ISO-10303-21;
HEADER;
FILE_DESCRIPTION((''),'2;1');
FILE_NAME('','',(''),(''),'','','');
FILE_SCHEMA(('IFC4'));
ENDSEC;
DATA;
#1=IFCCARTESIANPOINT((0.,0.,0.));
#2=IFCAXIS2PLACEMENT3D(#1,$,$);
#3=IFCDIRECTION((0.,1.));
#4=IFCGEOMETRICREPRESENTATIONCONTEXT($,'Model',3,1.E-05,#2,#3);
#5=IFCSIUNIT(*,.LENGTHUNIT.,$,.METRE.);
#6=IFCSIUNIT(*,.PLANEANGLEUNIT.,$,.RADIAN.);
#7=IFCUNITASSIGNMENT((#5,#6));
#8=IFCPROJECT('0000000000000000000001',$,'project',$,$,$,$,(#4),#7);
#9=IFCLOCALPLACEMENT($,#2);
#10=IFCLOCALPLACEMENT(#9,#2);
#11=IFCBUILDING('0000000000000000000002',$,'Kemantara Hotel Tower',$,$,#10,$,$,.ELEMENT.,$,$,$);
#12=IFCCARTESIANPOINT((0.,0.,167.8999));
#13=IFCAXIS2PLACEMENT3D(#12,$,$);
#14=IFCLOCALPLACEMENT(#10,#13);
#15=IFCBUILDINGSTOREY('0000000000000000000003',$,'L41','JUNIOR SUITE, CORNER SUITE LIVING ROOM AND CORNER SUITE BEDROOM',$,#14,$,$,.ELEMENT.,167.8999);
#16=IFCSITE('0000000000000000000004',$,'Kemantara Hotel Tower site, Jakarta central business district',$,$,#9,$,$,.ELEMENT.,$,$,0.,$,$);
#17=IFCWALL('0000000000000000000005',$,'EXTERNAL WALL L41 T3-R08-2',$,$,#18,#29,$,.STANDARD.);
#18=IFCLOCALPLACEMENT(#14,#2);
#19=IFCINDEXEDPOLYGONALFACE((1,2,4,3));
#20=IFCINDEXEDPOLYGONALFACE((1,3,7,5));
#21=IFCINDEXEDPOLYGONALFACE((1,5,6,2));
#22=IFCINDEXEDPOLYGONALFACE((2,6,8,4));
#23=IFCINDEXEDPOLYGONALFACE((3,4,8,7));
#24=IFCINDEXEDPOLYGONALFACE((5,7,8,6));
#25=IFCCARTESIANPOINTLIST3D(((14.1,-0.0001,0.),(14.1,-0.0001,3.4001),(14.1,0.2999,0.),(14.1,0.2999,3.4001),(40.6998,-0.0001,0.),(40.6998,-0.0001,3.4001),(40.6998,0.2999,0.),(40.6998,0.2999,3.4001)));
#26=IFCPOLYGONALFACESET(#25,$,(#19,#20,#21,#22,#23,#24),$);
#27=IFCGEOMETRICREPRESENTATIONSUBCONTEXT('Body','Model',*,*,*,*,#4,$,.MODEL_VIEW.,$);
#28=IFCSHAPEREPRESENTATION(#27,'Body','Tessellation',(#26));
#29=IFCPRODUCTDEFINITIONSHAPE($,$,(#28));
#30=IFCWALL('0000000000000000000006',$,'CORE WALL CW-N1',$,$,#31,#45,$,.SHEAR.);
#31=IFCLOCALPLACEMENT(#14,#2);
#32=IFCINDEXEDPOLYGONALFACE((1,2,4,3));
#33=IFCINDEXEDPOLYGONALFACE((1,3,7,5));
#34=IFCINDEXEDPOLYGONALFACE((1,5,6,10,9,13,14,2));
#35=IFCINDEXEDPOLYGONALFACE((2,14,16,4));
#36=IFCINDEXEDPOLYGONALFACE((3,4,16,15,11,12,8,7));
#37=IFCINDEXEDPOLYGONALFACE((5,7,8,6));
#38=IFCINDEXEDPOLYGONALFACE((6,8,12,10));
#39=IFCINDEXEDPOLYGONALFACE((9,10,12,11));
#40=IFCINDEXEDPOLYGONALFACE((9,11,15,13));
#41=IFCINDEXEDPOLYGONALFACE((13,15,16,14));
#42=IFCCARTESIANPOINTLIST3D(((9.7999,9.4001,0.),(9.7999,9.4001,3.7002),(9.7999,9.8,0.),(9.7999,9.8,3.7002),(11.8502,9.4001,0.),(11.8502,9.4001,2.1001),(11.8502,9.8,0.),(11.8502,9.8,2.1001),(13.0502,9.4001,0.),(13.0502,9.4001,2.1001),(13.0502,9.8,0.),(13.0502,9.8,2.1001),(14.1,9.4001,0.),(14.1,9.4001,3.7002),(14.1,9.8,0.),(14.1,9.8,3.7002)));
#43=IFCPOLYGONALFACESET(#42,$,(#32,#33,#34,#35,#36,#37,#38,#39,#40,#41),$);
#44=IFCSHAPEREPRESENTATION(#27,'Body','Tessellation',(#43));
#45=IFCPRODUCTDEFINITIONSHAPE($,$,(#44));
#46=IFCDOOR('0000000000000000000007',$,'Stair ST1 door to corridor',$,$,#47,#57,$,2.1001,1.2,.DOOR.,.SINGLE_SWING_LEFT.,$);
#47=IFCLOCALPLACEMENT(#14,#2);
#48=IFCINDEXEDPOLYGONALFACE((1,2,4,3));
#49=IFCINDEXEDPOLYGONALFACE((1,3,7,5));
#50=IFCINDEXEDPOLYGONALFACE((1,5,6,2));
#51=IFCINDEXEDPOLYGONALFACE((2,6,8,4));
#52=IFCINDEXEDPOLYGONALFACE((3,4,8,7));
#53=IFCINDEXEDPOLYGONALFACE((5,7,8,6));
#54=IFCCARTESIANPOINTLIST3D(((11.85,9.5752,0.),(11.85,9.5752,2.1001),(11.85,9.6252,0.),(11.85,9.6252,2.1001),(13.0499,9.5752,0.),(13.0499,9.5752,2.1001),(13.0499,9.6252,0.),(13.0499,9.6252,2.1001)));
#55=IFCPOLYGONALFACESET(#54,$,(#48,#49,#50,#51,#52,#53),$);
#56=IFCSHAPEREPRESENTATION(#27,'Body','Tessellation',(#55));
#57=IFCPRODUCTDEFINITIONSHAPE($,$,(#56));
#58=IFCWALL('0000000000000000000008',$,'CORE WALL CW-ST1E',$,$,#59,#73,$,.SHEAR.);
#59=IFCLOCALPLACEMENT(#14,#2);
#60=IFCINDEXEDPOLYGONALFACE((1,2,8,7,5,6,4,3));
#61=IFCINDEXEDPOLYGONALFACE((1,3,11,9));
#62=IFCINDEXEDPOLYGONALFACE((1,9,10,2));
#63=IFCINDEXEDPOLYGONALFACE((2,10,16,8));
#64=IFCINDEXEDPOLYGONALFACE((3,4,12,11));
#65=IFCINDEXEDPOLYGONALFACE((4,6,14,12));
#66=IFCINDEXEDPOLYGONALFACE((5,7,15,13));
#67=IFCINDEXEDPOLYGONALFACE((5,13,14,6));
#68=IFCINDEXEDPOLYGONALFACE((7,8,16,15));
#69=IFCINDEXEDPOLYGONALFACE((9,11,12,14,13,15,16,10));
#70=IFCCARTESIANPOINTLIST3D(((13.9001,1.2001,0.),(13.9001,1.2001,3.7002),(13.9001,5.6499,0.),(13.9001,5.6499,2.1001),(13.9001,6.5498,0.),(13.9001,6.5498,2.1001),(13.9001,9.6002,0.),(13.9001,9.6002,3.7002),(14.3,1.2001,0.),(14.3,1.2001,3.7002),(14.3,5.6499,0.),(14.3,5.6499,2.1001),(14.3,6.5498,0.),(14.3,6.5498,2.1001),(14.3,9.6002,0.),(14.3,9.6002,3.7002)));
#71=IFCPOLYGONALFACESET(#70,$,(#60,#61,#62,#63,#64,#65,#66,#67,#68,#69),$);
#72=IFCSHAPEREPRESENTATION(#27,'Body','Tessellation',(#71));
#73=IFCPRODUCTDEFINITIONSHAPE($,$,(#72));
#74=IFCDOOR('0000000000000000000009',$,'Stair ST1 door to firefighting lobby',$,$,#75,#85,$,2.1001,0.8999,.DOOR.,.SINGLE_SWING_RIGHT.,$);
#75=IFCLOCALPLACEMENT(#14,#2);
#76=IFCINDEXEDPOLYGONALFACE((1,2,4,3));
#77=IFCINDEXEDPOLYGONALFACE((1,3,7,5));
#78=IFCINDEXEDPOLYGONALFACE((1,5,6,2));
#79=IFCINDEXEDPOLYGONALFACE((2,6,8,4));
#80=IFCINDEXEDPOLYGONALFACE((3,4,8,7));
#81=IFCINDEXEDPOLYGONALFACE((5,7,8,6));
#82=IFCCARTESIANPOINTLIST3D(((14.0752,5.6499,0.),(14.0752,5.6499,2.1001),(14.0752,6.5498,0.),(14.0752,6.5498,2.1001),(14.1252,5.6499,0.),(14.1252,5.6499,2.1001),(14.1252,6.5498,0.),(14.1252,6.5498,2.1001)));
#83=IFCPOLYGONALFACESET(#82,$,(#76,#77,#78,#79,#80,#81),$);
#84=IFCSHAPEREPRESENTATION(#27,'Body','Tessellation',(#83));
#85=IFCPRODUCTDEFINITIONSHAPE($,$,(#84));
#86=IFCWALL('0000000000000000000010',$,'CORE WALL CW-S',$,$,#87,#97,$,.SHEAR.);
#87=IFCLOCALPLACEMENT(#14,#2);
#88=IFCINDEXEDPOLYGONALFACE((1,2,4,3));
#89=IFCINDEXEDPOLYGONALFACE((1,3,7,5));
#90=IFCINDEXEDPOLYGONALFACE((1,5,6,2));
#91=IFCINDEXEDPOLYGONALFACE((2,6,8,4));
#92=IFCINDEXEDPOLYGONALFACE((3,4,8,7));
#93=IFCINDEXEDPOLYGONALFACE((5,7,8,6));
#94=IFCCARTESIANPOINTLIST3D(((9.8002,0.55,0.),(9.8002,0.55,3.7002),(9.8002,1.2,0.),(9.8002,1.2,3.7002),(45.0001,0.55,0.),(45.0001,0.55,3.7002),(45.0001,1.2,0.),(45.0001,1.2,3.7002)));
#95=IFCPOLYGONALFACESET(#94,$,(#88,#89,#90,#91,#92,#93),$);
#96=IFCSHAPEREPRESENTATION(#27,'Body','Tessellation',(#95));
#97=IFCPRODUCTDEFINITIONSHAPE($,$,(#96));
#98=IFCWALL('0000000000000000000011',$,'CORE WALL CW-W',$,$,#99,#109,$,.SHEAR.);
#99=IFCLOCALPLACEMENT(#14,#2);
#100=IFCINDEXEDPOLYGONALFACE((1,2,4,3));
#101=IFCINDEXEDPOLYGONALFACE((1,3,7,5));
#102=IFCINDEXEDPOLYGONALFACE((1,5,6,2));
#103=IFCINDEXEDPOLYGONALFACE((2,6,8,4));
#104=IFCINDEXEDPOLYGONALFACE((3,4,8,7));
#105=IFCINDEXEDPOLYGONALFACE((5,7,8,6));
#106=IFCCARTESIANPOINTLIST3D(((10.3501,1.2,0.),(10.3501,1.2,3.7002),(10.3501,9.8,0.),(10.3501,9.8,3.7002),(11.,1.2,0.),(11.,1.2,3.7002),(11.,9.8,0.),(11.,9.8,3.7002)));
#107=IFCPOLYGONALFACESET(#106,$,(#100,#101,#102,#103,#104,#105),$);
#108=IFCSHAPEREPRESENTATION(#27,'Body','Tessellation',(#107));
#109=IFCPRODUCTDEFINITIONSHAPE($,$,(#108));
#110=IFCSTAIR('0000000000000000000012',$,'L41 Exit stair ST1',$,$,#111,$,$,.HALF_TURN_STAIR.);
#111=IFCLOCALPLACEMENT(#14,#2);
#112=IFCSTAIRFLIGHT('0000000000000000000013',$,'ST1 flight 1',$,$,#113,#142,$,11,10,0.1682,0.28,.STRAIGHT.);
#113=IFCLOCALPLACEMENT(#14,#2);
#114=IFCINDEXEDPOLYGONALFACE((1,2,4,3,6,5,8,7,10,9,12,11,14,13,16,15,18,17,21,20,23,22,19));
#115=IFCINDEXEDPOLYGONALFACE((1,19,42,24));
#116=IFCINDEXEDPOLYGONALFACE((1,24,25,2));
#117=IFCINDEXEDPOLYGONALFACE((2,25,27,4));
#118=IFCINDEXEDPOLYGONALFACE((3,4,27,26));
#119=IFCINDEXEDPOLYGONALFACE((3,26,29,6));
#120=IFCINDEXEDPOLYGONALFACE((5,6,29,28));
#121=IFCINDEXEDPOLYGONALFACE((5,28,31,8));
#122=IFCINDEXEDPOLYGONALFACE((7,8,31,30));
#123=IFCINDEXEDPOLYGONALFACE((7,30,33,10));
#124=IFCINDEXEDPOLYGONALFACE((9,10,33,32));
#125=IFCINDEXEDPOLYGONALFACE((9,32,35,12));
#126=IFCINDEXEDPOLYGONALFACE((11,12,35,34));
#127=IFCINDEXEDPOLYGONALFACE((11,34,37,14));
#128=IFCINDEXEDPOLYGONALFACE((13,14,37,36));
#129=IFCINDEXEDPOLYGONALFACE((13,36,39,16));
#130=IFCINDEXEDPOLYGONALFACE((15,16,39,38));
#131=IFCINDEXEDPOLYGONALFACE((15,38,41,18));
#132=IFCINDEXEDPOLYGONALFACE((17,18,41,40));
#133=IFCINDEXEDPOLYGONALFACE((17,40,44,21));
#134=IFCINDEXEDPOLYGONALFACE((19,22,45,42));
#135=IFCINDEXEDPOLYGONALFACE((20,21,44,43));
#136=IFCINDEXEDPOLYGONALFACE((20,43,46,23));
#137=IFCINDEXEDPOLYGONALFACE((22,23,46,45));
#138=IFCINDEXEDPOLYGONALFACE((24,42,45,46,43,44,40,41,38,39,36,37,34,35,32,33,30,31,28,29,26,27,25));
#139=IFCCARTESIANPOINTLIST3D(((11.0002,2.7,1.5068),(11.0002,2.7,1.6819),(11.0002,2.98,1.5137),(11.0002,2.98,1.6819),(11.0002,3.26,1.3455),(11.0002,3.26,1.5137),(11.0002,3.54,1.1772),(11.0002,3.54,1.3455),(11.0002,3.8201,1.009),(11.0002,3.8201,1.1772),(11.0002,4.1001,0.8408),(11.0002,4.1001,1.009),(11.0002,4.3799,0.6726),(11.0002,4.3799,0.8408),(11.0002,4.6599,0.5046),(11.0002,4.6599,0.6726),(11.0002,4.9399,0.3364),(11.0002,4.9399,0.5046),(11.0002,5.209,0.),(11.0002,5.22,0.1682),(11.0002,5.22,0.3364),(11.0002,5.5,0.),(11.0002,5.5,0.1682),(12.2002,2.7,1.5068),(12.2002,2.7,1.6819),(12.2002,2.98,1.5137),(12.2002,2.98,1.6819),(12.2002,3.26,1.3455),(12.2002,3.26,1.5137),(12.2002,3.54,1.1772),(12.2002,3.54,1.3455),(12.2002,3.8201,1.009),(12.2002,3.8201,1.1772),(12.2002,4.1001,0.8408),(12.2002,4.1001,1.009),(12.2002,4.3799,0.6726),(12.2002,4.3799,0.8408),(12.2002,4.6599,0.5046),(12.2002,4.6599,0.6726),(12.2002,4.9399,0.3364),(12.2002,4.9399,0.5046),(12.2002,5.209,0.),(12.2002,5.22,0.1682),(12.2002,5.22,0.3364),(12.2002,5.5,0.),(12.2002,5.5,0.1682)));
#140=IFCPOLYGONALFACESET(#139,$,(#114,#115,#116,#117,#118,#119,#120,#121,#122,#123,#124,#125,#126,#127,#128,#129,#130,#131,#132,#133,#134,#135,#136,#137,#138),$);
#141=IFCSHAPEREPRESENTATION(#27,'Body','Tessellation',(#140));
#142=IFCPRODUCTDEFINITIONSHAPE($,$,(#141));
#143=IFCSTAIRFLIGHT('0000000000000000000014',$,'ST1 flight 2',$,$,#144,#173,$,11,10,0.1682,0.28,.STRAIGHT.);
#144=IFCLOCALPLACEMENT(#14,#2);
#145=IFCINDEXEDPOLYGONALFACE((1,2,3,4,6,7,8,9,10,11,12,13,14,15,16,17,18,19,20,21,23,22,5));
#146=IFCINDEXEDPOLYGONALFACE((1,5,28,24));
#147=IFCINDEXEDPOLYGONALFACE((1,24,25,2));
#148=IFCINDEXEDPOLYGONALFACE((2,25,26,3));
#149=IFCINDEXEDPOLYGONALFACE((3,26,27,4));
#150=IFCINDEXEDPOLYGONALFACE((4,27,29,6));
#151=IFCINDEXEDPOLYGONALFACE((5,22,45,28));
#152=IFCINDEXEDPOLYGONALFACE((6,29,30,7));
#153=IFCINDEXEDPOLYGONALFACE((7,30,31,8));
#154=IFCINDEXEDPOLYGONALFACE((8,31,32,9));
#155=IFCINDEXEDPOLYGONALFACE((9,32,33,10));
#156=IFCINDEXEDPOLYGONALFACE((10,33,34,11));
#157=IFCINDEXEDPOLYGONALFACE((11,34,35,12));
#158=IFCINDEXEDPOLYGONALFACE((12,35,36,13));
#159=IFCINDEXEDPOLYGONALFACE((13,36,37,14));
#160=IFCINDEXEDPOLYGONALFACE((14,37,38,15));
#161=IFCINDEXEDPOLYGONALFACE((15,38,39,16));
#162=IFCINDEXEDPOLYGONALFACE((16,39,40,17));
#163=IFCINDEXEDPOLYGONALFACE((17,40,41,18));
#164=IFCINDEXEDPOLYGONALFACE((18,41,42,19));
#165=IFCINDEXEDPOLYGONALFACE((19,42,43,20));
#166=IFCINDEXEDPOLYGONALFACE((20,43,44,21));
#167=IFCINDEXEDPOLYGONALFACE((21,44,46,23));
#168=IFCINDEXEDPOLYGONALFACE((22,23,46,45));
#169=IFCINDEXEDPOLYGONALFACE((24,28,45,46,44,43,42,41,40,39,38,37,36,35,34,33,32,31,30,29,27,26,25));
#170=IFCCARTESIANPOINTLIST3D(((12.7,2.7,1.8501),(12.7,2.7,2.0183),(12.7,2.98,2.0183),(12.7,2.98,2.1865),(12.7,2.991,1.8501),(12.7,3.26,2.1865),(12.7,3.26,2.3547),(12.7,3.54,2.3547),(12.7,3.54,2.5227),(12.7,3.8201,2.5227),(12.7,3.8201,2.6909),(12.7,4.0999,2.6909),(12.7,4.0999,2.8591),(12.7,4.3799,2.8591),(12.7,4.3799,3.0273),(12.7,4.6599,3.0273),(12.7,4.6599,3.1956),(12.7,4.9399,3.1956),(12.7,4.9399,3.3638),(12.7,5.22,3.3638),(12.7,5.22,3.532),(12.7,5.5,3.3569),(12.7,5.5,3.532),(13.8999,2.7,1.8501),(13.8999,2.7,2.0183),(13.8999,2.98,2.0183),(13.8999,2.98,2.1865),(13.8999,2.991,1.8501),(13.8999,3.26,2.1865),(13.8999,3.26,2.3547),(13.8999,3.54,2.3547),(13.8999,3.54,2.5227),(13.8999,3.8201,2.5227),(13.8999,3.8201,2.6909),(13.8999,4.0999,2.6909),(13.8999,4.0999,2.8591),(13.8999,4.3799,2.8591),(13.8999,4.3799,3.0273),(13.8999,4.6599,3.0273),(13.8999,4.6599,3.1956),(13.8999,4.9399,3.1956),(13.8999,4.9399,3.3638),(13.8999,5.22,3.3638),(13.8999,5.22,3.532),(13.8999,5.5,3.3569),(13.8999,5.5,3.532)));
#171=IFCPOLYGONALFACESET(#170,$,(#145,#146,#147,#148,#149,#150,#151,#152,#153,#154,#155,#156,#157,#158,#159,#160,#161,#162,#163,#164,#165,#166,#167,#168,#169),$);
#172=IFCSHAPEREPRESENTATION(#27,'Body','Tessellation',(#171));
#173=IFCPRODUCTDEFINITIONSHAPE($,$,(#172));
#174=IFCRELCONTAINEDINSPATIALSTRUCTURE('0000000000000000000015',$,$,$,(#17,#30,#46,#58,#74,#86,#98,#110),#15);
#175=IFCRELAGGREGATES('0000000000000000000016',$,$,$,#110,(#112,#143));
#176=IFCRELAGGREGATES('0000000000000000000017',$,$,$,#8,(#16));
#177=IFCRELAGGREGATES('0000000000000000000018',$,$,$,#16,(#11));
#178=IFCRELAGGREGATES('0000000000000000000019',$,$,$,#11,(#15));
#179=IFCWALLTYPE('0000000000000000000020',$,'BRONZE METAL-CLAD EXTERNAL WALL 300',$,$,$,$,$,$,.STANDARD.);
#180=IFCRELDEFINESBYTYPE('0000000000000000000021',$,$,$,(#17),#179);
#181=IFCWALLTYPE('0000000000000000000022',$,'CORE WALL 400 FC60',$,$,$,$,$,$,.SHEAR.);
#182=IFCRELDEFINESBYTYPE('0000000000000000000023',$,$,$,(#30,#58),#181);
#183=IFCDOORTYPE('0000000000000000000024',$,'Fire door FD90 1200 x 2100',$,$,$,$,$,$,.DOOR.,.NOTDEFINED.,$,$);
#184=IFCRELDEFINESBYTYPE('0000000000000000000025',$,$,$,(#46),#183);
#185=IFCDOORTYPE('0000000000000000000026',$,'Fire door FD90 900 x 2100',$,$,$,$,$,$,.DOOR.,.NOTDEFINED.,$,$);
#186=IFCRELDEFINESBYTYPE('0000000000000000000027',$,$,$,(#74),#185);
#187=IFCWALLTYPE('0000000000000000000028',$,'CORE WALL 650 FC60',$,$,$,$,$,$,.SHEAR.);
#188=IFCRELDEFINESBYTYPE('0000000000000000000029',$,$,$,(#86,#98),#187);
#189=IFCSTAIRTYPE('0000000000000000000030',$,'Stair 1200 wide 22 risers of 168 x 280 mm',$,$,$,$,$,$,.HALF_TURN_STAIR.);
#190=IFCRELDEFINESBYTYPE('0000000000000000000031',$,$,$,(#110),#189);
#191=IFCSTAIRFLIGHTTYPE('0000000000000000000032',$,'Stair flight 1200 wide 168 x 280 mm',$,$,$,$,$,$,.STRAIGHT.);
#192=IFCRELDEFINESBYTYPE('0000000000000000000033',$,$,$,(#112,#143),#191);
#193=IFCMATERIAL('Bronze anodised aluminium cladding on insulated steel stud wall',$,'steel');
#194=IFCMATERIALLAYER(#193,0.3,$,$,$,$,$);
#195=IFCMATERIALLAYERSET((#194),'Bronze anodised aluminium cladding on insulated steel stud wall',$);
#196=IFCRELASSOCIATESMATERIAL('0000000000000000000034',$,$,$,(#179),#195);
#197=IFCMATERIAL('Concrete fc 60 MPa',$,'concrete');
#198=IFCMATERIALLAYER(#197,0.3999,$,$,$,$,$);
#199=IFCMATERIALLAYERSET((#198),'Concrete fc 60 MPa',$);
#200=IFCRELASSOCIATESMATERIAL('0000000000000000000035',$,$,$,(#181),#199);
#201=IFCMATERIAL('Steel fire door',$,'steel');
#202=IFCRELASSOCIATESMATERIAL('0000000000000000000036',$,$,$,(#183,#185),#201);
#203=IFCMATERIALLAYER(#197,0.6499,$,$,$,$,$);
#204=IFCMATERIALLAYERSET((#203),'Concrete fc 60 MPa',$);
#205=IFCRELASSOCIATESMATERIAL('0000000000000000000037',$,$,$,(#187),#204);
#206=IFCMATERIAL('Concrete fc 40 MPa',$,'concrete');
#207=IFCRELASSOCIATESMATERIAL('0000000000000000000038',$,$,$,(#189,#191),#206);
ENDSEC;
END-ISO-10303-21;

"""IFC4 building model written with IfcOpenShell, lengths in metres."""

from ifc_helpers import new_model, si_unit, direction, frame, frame_2d, origin, place, context, subcontext, project, spatial, polyline, rectangle, outline, extrude, material, layer, layer_set, type_object, element, fill, aggregate, save


model = new_model("IFC4")

# Units and contexts
model_context = context("Model", 3, precision=1e-05, world=origin(), true_north=direction((0.0, 1.0)))
body_context = subcontext(model_context, "Body", "Model", "MODEL_VIEW")
ifc_project = project(units=[si_unit("LENGTHUNIT", "METRE"), si_unit("PLANEANGLEUNIT", "RADIAN")], contexts=[model_context])

# Site, building, storey
site_placement = place(None, origin())
site = spatial("IfcSite", under=ifc_project, at=site_placement, Name="Kemantara Hotel Tower site, Jakarta central business district", CompositionType="ELEMENT", RefElevation=0.0)
building_placement = place(site_placement, origin())
building = spatial("IfcBuilding", under=site, at=building_placement, Name="Kemantara Hotel Tower", CompositionType="ELEMENT")
storey_placement = place(building_placement, frame((0.0, 0.0, 167.8999)))
storey = spatial("IfcBuildingStorey", under=building, at=storey_placement, Name="L41", Description="JUNIOR SUITE, CORNER SUITE LIVING ROOM AND CORNER SUITE BEDROOM", CompositionType="ELEMENT", Elevation=167.8999)

# Wall
ifc_material_1 = material(Name="Bronze anodised aluminium cladding on insulated steel stud wall", Category="steel")
ifc_layer_1 = layer(ifc_material_1, 0.3)
ifc_layer_set_1 = layer_set([ifc_layer_1], Name="Bronze anodised aluminium cladding on insulated steel stud wall")
wall_type_1 = type_object("IfcWallType", Name="BRONZE METAL-CLAD EXTERNAL WALL 300", PredefinedType="STANDARD", material=ifc_layer_set_1)
wall_1_placement = place(storey_placement, frame((14.1001, 0.1499, 0.0), z_axis=(0.0, 0.0, 1.0), x_axis=(1.0, 0.0, 0.0)))
element("IfcWall", 1, at=wall_1_placement, inside=storey, type_object=wall_type_1, Name="EXTERNAL WALL L41 T3-R08-2", PredefinedType="STANDARD", context=body_context, shape_type="SweptSolid", body=[
    extrude(rectangle(XDim=26.5999, YDim=0.3, at=frame_2d((13.2998, 0.0))), origin(), (0.0, 0.0, 1.0), 3.4001),
])

# Walls, openings, doors
ifc_material_2 = material(Name="Concrete fc 60 MPa", Category="concrete")
ifc_layer_2 = layer(ifc_material_2, 0.3999)
ifc_layer_set_2 = layer_set([ifc_layer_2], Name="Concrete fc 60 MPa")
wall_type_2 = type_object("IfcWallType", Name="CORE WALL 400 FC60", PredefinedType="SHEAR", material=ifc_layer_set_2)
wall_2_placement = place(storey_placement, frame((9.8, 9.6001, 0.0), z_axis=(0.0, 0.0, 1.0), x_axis=(1.0, 0.0, 0.0)))
wall_2 = element("IfcWall", 2, at=wall_2_placement, inside=storey, type_object=wall_type_2, Name="CORE WALL CW-N1", PredefinedType="SHEAR", context=body_context, shape_type="SweptSolid", body=[
    extrude(rectangle(XDim=4.3, YDim=0.3999, at=frame_2d((2.1499, 0.0))), origin(), (0.0, 0.0, 1.0), 3.7002),
])
opening_1_placement = place(wall_2_placement, frame((2.05, 0.0, 0.0)))
opening_1 = element("IfcOpeningElement", 3, at=opening_1_placement, cuts=wall_2, PredefinedType="OPENING", context=body_context, shape_type="SweptSolid", body=[
    extrude(rectangle(XDim=1.2, YDim=2.1001, at=frame_2d((0.6001, 1.05))), frame((0.0, 0.21, 0.0), z_axis=(0.0, -1.0, 0.0), x_axis=(1.0, 0.0, 0.0)), (0.0, 0.0, 1.0), 0.4199),
])
ifc_material_3 = material(Name="Steel fire door", Category="steel")
door_type_1 = type_object("IfcDoorType", Name="Fire door FD90 1200 x 2100", OperationType="NOTDEFINED", PredefinedType="DOOR", material=ifc_material_3)
door_1_placement = place(opening_1_placement, frame((1.2, 0.0, 0.0), z_axis=(0.0, 0.0, 1.0), x_axis=(-1.0, 0.0, 0.0)))
door_1 = element("IfcDoor", 4, at=door_1_placement, inside=storey, type_object=door_type_1, Name="Stair ST1 door to corridor", OperationType="SINGLE_SWING_LEFT", OverallHeight=2.1001, OverallWidth=1.2, PredefinedType="DOOR", context=body_context, shape_type="SweptSolid", body=[
    extrude(rectangle(XDim=1.2, YDim=2.1001, at=frame_2d((0.6001, 1.05))), frame((0.0, 0.0249, 0.0), z_axis=(0.0, -1.0, 0.0), x_axis=(1.0, 0.0, 0.0)), (0.0, 0.0, 1.0), 0.05),
])
fill(opening_1, door_1)
wall_3_placement = place(storey_placement, frame((14.1001, 1.2, 0.0), z_axis=(0.0, 0.0, 1.0), x_axis=(0.0, 1.0, 0.0)))
wall_3 = element("IfcWall", 5, at=wall_3_placement, inside=storey, type_object=wall_type_2, Name="CORE WALL CW-ST1E", PredefinedType="SHEAR", context=body_context, shape_type="SweptSolid", body=[
    extrude(rectangle(XDim=8.4001, YDim=0.3999, at=frame_2d((4.2002, 0.0))), origin(), (0.0, 0.0, 1.0), 3.7002),
])
opening_2_placement = place(wall_3_placement, frame((4.45, 0.0, 0.0)))
opening_2 = element("IfcOpeningElement", 6, at=opening_2_placement, cuts=wall_3, PredefinedType="OPENING", context=body_context, shape_type="SweptSolid", body=[
    extrude(rectangle(XDim=0.8999, YDim=2.1001, at=frame_2d((0.45, 1.05))), frame((0.0, 0.21, 0.0), z_axis=(0.0, -1.0, 0.0), x_axis=(1.0, 0.0, 0.0)), (0.0, 0.0, 1.0), 0.4199),
])
door_type_2 = type_object("IfcDoorType", Name="Fire door FD90 900 x 2100", OperationType="NOTDEFINED", PredefinedType="DOOR", material=ifc_material_3)
door_2_placement = place(opening_2_placement, origin())
door_2 = element("IfcDoor", 7, at=door_2_placement, inside=storey, type_object=door_type_2, Name="Stair ST1 door to firefighting lobby", OperationType="SINGLE_SWING_RIGHT", OverallHeight=2.1001, OverallWidth=0.8999, PredefinedType="DOOR", context=body_context, shape_type="SweptSolid", body=[
    extrude(rectangle(XDim=0.8999, YDim=2.1001, at=frame_2d((0.45, 1.05))), frame((0.0, 0.0249, 0.0), z_axis=(0.0, -1.0, 0.0), x_axis=(1.0, 0.0, 0.0)), (0.0, 0.0, 1.0), 0.05),
])
fill(opening_2, door_2)

# Walls
ifc_layer_3 = layer(ifc_material_2, 0.6499)
ifc_layer_set_3 = layer_set([ifc_layer_3], Name="Concrete fc 60 MPa")
wall_type_3 = type_object("IfcWallType", Name="CORE WALL 650 FC60", PredefinedType="SHEAR", material=ifc_layer_set_3)
wall_4_placement = place(storey_placement, frame((9.8, 0.875, 0.0), z_axis=(0.0, 0.0, 1.0), x_axis=(1.0, 0.0, 0.0)))
element("IfcWall", 8, at=wall_4_placement, inside=storey, type_object=wall_type_3, Name="CORE WALL CW-S", PredefinedType="SHEAR", context=body_context, shape_type="SweptSolid", body=[
    extrude(rectangle(XDim=35.2, YDim=0.6499, at=frame_2d((17.6001, 0.0))), origin(), (0.0, 0.0, 1.0), 3.7002),
])
wall_5_placement = place(storey_placement, frame((10.675, 1.2, 0.0), z_axis=(0.0, 0.0, 1.0), x_axis=(0.0, 1.0, 0.0)))
element("IfcWall", 9, at=wall_5_placement, inside=storey, type_object=wall_type_3, Name="CORE WALL CW-W", PredefinedType="SHEAR", context=body_context, shape_type="SweptSolid", body=[
    extrude(rectangle(XDim=8.6001, YDim=0.6499, at=frame_2d((4.3, 0.0))), origin(), (0.0, 0.0, 1.0), 3.7002),
])

# Stair, stair flights
ifc_material_4 = material(Name="Concrete fc 40 MPa", Category="concrete")
stair_type = type_object("IfcStairType", Name="Stair 1200 wide 22 risers of 168 x 280 mm", PredefinedType="HALF_TURN_STAIR", material=ifc_material_4)
stair_placement = place(storey_placement, origin())
stair = element("IfcStair", 10, at=stair_placement, inside=storey, type_object=stair_type, Name="L41 Exit stair ST1", PredefinedType="HALF_TURN_STAIR")
stair_flight_type = type_object("IfcStairFlightType", Name="Stair flight 1200 wide 168 x 280 mm", PredefinedType="STRAIGHT", material=ifc_material_4)
stair_flight_1_placement = place(storey_placement, frame((11.6001, 5.5, 0.0), z_axis=(0.0, 0.0, 1.0), x_axis=(0.0, -1.0, 0.0)))
stair_flight_1 = element("IfcStairFlight", 11, at=stair_flight_1_placement, type_object=stair_flight_type, Name="ST1 flight 1", NumberOfRisers=11, NumberOfTreads=10, PredefinedType="STRAIGHT", RiserHeight=0.1682, TreadLength=0.28, context=body_context, shape_type="SweptSolid", body=[
    extrude(outline(polyline([(0.0, 0.0), (0.0, 0.1682), (0.28, 0.1682), (0.28, 0.3364), (0.5601, 0.3364), (0.5601, 0.5046), (0.8401, 0.5046), (0.8401, 0.6726), (1.1201, 0.6726), (1.1201, 0.8408), (1.3999, 0.8408), (1.3999, 1.009), (1.6799, 1.009), (1.6799, 1.1772), (1.96, 1.1772), (1.96, 1.3455), (2.24, 1.3455), (2.24, 1.5137), (2.52, 1.5137), (2.52, 1.6819), (2.8, 1.6819), (2.8, 1.8501), (2.8, 1.5068), (0.291, 0.0), (0.0, 0.0)])), frame((0.0, 0.6001, 0.0), z_axis=(0.0, -1.0, 0.0), x_axis=(1.0, 0.0, 0.0)), (0.0, 0.0, 1.0), 1.2),
])
stair_flight_2_placement = place(storey_placement, frame((13.3, 2.7, 1.8501), z_axis=(0.0, 0.0, 1.0), x_axis=(0.0, 1.0, 0.0)))
stair_flight_2 = element("IfcStairFlight", 12, at=stair_flight_2_placement, type_object=stair_flight_type, Name="ST1 flight 2", NumberOfRisers=11, NumberOfTreads=10, PredefinedType="STRAIGHT", RiserHeight=0.1682, TreadLength=0.28, context=body_context, shape_type="SweptSolid", body=[
    extrude(outline(polyline([(0.0, 0.0), (0.0, 0.1682), (0.28, 0.1682), (0.28, 0.3364), (0.5601, 0.3364), (0.5601, 0.5046), (0.8401, 0.5046), (0.8401, 0.6726), (1.1201, 0.6726), (1.1201, 0.8408), (1.3999, 0.8408), (1.3999, 1.009), (1.6799, 1.009), (1.6799, 1.1772), (1.96, 1.1772), (1.96, 1.3455), (2.24, 1.3455), (2.24, 1.5137), (2.52, 1.5137), (2.52, 1.6819), (2.8, 1.6819), (2.8, 1.8501), (2.8, 1.5068), (0.291, 0.0), (0.0, 0.0)])), frame((0.0, 0.6001, 0.0), z_axis=(0.0, -1.0, 0.0), x_axis=(1.0, 0.0, 0.0)), (0.0, 0.0, 1.0), 1.2),
])
aggregate(stair, [stair_flight_1, stair_flight_2])

save(model, "model.ifc")
